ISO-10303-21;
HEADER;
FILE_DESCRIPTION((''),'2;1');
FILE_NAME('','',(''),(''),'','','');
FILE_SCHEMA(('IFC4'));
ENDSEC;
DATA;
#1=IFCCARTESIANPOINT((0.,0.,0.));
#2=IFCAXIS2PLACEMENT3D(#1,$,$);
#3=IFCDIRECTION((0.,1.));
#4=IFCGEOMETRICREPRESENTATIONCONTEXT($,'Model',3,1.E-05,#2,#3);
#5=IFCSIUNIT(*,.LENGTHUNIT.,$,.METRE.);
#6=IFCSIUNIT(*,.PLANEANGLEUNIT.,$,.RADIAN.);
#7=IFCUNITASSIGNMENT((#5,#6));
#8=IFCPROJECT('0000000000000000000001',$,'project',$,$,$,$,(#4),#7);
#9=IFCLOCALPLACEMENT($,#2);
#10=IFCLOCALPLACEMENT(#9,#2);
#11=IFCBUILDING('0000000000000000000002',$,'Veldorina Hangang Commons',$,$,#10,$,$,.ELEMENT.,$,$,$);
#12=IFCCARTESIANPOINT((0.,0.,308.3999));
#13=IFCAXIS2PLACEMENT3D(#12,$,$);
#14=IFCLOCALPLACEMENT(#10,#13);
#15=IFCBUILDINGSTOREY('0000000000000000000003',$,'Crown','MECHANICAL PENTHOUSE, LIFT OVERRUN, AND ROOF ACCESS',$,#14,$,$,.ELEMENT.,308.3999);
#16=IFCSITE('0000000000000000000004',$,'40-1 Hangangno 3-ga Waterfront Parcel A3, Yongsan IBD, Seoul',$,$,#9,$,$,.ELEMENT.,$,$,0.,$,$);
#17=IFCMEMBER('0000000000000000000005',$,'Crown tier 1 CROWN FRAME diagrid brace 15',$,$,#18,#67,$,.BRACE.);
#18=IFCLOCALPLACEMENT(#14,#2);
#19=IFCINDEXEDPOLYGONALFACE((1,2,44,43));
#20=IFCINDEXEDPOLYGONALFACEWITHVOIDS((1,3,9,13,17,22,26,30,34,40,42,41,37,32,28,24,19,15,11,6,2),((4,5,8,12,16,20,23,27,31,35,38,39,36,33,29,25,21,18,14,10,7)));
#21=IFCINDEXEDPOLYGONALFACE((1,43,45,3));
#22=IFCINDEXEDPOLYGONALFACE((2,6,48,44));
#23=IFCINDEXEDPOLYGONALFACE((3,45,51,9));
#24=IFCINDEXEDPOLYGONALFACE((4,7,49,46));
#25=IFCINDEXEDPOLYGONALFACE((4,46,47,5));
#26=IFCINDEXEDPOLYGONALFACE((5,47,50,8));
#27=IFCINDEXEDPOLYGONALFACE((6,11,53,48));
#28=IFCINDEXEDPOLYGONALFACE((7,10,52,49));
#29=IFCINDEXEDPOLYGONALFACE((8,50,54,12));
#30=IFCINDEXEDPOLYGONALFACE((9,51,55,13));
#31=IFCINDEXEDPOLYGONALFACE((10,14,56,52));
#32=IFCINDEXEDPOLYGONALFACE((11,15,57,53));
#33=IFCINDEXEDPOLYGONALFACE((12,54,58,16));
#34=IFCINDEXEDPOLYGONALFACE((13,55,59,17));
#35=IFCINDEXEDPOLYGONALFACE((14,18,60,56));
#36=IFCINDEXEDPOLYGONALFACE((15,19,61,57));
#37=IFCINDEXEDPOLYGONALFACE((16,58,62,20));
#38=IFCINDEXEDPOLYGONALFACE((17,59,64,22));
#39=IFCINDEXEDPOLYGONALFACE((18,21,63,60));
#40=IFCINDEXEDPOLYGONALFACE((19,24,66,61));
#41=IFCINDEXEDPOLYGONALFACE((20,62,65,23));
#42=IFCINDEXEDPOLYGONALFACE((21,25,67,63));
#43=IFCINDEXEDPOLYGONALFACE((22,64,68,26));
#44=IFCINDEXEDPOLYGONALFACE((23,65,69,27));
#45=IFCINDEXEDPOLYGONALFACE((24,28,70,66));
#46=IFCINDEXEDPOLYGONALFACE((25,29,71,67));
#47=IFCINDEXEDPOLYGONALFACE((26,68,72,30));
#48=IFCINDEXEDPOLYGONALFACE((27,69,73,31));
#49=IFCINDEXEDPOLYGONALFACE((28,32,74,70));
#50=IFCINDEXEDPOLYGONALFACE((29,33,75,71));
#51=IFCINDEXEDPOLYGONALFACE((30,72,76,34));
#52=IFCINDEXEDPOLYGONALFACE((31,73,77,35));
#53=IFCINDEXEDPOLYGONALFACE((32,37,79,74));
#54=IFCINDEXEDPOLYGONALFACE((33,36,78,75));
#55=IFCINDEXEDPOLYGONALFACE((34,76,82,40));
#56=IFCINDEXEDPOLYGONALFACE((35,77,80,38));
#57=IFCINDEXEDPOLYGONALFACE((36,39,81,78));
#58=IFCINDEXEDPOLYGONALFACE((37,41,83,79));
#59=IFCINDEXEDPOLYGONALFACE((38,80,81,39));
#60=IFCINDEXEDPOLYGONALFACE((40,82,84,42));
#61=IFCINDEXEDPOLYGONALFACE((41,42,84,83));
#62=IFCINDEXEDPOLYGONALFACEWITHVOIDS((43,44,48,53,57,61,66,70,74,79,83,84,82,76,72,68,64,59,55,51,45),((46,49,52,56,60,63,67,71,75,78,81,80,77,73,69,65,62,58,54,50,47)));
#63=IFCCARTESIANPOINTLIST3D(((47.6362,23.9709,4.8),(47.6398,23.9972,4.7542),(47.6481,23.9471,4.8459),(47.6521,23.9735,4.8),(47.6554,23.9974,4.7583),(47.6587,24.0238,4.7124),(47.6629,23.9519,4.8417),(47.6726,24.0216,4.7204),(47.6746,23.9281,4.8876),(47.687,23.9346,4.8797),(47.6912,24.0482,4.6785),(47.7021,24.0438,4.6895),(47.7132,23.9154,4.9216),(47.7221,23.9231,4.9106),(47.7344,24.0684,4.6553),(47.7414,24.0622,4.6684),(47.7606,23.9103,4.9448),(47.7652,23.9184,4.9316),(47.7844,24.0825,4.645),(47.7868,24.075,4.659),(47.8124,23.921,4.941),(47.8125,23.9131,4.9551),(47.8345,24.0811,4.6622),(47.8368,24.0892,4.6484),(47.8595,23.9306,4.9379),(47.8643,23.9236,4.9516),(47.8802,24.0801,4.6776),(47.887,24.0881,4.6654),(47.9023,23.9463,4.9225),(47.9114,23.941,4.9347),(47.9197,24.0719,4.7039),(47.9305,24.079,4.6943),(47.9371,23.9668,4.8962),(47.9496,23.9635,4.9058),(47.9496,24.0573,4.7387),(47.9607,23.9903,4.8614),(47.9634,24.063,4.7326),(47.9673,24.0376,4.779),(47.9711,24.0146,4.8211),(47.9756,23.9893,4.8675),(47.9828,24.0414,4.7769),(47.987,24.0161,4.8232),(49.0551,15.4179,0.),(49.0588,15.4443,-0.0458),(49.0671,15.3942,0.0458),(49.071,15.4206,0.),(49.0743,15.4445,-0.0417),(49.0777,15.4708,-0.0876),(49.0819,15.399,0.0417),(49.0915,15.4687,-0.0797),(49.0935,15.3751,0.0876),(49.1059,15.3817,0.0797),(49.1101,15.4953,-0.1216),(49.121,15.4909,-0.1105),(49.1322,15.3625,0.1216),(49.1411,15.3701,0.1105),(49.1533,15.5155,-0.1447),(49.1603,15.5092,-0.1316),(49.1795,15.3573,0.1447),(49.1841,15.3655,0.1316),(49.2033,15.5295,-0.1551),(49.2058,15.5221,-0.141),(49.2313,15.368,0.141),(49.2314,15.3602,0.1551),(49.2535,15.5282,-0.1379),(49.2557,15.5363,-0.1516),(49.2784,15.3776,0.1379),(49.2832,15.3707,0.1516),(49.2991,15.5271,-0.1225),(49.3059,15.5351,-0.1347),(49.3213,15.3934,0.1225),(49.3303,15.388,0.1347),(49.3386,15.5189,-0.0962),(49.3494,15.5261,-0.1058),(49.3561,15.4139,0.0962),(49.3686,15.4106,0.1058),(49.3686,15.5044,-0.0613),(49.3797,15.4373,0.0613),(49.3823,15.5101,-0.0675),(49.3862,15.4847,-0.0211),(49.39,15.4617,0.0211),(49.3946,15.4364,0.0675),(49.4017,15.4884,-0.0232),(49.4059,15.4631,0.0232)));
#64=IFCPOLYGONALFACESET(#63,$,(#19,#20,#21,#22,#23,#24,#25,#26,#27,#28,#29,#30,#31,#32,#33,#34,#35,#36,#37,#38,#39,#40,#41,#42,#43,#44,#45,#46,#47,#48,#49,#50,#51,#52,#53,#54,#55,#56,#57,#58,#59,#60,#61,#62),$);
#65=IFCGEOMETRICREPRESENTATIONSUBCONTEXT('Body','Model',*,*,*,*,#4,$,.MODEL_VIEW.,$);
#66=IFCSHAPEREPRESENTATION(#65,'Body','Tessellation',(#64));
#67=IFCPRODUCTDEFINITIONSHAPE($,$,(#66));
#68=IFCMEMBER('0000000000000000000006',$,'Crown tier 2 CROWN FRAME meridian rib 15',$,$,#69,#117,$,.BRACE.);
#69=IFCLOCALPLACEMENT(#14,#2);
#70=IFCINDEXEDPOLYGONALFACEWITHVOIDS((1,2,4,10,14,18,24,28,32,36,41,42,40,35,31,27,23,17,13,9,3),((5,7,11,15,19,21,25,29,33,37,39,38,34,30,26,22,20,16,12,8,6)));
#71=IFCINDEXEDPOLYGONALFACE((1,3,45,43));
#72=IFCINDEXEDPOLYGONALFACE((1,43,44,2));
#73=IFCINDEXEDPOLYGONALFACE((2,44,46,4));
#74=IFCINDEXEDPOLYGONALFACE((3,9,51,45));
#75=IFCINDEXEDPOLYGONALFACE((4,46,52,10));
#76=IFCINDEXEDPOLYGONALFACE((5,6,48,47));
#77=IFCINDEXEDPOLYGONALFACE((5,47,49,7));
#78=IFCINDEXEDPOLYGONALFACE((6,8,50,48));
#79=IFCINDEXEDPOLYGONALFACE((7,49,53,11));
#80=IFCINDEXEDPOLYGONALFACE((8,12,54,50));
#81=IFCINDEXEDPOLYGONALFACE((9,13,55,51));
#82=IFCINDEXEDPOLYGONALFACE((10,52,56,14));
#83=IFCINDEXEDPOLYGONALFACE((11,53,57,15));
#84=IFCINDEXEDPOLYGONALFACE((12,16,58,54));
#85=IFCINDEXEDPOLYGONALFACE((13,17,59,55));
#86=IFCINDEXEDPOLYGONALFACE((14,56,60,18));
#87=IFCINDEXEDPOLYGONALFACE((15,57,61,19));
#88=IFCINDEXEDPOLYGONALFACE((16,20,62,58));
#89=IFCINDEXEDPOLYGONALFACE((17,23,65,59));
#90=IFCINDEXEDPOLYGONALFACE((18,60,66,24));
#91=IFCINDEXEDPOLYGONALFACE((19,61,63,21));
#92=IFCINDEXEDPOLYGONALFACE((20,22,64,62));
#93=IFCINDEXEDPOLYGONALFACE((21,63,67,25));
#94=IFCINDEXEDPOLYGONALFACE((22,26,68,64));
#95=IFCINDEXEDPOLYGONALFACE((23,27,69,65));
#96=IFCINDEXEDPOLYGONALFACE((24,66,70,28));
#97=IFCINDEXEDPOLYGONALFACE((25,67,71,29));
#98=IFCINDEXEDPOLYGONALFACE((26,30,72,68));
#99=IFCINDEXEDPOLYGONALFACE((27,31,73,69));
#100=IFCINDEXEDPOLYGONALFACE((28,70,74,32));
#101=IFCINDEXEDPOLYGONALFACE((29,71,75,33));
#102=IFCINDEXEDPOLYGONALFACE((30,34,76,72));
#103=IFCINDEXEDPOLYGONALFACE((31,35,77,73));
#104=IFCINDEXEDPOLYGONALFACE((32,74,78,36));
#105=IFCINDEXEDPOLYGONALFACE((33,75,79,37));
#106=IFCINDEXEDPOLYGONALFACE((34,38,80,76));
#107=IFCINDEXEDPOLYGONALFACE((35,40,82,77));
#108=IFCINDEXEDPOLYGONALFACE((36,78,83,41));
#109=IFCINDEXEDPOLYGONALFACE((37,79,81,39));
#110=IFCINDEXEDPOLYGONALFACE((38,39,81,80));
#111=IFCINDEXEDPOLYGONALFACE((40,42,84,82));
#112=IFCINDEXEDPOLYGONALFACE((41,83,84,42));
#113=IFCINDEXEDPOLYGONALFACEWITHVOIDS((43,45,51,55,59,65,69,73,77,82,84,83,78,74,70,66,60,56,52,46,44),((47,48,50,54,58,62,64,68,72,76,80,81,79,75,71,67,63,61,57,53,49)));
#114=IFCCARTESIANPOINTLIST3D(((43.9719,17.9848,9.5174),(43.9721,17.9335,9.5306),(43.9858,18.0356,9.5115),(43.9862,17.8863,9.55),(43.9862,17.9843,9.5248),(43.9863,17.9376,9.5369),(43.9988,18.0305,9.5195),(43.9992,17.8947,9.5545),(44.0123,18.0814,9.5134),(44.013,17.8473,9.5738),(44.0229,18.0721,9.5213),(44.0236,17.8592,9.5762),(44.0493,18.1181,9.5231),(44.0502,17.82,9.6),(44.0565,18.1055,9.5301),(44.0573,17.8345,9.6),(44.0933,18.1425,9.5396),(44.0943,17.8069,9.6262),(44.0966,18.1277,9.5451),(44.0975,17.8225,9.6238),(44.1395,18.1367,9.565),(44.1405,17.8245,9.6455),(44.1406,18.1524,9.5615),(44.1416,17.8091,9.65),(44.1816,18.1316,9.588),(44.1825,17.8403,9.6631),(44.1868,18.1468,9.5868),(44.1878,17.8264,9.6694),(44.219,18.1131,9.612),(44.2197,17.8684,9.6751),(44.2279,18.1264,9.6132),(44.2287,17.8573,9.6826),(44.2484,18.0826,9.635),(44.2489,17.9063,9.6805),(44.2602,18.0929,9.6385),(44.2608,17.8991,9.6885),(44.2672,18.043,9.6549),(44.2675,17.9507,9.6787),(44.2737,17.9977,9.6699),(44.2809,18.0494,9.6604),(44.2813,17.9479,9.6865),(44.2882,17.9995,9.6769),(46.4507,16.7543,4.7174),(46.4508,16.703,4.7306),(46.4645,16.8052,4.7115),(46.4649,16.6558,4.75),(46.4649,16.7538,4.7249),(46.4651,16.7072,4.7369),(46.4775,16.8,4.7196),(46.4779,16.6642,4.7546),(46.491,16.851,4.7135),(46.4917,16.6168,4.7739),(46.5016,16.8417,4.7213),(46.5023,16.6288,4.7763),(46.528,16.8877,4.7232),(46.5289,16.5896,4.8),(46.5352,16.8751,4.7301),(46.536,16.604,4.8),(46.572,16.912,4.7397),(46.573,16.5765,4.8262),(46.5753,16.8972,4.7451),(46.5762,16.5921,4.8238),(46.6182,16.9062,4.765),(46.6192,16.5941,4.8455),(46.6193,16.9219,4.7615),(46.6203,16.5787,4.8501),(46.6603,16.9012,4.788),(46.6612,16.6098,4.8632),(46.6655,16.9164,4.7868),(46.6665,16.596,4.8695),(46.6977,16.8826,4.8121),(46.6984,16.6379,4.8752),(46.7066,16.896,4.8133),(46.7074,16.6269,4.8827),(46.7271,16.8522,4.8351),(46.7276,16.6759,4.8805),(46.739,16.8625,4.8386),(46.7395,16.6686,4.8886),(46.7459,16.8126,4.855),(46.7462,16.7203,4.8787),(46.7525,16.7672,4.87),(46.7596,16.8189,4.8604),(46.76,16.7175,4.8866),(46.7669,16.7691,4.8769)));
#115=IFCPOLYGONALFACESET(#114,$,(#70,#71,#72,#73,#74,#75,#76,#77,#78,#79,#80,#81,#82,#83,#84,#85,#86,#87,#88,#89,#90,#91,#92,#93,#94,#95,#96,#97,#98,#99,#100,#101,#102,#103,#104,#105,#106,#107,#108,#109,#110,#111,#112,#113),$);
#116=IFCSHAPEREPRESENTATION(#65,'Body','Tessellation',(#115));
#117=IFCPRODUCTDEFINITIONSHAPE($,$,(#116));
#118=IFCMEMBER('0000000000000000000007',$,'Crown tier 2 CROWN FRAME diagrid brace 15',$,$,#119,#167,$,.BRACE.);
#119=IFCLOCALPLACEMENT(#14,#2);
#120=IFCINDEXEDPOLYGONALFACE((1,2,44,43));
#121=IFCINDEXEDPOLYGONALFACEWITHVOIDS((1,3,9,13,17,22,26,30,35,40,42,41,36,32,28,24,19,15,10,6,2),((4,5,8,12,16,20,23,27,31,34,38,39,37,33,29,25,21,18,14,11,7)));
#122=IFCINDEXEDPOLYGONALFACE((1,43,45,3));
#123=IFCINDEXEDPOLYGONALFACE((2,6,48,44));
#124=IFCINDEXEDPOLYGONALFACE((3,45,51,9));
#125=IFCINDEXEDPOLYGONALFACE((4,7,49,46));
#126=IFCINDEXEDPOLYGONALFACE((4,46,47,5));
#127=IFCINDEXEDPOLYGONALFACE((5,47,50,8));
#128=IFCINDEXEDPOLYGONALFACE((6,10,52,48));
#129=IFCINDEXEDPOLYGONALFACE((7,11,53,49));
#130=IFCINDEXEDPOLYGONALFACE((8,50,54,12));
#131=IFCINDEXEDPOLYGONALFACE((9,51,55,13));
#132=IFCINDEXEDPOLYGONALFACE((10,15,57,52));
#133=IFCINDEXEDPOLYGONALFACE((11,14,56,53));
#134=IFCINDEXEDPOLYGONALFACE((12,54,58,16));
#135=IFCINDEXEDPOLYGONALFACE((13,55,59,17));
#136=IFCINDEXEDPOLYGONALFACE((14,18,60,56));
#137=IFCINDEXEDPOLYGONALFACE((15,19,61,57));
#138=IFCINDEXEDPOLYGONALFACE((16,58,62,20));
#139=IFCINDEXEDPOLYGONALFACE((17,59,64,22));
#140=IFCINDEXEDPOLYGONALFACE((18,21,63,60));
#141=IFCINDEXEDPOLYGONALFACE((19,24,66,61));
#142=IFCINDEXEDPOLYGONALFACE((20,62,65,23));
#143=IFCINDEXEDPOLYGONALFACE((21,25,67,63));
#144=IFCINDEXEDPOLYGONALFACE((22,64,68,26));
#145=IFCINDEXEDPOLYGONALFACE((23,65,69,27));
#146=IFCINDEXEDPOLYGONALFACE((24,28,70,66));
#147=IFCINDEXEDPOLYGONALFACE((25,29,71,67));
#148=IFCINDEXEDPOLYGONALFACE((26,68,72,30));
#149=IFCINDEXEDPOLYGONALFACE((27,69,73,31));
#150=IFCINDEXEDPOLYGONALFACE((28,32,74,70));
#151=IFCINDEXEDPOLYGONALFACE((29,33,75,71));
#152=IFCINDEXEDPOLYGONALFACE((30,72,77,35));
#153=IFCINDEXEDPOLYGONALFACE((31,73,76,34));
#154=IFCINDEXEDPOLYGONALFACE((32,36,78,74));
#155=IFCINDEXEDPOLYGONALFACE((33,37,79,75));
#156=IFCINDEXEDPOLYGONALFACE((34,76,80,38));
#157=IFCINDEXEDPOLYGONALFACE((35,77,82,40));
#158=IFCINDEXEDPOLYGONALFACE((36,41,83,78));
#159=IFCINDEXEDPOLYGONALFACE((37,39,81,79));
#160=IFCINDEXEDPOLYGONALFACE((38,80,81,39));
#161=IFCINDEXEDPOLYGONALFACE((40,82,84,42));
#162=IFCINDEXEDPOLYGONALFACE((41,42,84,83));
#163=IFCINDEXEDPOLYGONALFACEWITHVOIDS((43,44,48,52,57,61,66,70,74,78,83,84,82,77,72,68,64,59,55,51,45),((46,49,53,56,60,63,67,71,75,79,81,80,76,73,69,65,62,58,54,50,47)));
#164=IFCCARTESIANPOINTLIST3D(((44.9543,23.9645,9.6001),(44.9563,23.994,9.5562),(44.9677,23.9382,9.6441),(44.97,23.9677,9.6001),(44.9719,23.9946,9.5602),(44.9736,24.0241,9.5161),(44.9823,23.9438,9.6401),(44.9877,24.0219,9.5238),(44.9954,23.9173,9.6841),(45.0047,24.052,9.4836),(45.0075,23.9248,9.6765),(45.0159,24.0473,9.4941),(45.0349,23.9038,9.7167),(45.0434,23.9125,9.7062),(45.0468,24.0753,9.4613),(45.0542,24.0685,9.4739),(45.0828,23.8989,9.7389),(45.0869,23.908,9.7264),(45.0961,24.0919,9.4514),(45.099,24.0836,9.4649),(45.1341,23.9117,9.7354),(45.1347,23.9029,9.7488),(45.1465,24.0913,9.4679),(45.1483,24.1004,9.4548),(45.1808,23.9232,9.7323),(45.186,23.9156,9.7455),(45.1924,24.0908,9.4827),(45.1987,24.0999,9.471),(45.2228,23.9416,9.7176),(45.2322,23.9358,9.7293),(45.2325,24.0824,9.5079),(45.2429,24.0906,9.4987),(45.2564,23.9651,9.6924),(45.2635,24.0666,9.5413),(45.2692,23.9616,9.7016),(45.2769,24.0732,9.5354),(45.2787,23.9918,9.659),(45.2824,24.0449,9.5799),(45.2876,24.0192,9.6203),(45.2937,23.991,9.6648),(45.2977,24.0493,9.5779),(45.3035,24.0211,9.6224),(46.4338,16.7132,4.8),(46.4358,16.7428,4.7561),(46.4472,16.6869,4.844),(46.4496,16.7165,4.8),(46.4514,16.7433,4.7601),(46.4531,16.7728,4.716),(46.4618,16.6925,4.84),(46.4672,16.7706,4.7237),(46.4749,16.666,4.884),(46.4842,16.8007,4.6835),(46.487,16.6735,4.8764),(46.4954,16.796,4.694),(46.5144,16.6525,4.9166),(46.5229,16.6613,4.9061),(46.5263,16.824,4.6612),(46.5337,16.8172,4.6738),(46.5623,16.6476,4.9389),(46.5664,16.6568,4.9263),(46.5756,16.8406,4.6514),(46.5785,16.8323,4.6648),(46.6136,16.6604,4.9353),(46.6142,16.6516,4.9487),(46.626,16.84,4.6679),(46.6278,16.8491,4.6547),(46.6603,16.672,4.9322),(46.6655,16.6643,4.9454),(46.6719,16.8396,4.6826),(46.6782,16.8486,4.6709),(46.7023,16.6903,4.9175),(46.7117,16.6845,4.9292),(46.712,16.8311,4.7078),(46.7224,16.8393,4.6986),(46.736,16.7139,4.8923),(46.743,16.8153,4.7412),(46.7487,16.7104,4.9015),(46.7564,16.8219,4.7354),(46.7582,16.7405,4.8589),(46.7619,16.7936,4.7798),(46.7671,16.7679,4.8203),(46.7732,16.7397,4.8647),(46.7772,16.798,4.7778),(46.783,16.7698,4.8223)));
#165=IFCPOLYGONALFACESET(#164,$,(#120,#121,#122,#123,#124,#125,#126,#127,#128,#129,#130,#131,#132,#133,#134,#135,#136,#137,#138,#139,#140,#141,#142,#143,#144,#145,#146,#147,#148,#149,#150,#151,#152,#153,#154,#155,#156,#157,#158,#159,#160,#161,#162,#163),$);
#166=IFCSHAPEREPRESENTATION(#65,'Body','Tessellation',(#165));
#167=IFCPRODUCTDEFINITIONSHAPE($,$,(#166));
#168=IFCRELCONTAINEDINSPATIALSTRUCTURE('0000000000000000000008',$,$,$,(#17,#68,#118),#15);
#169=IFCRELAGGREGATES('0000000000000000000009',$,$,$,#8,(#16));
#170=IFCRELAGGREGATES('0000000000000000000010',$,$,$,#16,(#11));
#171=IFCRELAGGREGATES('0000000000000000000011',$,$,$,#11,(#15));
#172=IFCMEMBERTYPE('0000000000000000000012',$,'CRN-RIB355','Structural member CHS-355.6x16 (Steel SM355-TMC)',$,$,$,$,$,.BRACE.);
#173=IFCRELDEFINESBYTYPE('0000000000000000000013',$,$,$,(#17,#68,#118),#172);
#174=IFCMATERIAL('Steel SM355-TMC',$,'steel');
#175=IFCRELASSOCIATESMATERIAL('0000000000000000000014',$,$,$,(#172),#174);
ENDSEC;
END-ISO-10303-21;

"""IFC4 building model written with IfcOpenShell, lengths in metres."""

from ifc_helpers import new_model, si_unit, direction, frame, origin, origin_2d, place, context, subcontext, project, spatial, hollow_circle, extrude, material, material_profile, profile_set, type_object, element, save


model = new_model("IFC4")

# Units and contexts
model_context = context("Model", 3, precision=1e-05, world=origin(), true_north=direction((0.0, 1.0)))
body_context = subcontext(model_context, "Body", "Model", "MODEL_VIEW")
ifc_project = project(units=[si_unit("LENGTHUNIT", "METRE"), si_unit("PLANEANGLEUNIT", "RADIAN")], contexts=[model_context])

# Site, building, storey
site_placement = place(None, origin())
site = spatial("IfcSite", under=ifc_project, at=site_placement, Name="40-1 Hangangno 3-ga Waterfront Parcel A3, Yongsan IBD, Seoul", CompositionType="ELEMENT", RefElevation=0.0)
building_placement = place(site_placement, origin())
building = spatial("IfcBuilding", under=site, at=building_placement, Name="Veldorina Hangang Commons", CompositionType="ELEMENT")
storey_placement = place(building_placement, frame((0.0, 0.0, 308.3999)))
storey = spatial("IfcBuildingStorey", under=building, at=storey_placement, Name="Crown", Description="MECHANICAL PENTHOUSE, LIFT OVERRUN, AND ROOF ACCESS", CompositionType="ELEMENT", Elevation=308.3999)

# Members
ifc_material_1 = material(Name="Steel SM355-TMC", Category="steel")
ifc_material_profile_1 = material_profile(ifc_material_1, hollow_circle(Radius=0.1777, WallThickness=0.0161, at=origin_2d()), Name="CHS-355.6x16")
ifc_profile_set_1 = profile_set([ifc_material_profile_1], Name="Steel SM355-TMC")
member_type_1 = type_object("IfcMemberType", Name="CRN-RIB355", Description="Structural member CHS-355.6x16 (Steel SM355-TMC)", PredefinedType="BRACE", material=ifc_profile_set_1)
member_1_placement = place(storey_placement, frame((49.2305, 15.447, 0.0), z_axis=(-0.143184, 0.863069, 0.484366), x_axis=(-0.986516, -0.163664, 0.0)))
element("IfcMember", 1, at=member_1_placement, inside=storey, type_object=member_type_1, Name="Crown tier 1 CROWN FRAME diagrid brace 15", PredefinedType="BRACE", context=body_context, shape_type="SweptSolid", body=[
    extrude(hollow_circle(Radius=0.1777, WallThickness=0.0161, at=origin_2d()), origin(), (0.0, 0.0, 1.0), 9.9099),
])
member_2_placement = place(storey_placement, frame((46.6079, 16.7488, 4.8), z_axis=(-0.447377, 0.22208, 0.866334), x_axis=(-0.444636, -0.895712, 0.0)))
element("IfcMember", 2, at=member_2_placement, inside=storey, type_object=member_type_1, Name="Crown tier 2 CROWN FRAME meridian rib 15", PredefinedType="BRACE", context=body_context, shape_type="SweptSolid", body=[
    extrude(hollow_circle(Radius=0.1777, WallThickness=0.0161, at=origin_2d()), origin(), (0.0, 0.0, 1.0), 5.5405),
])
member_3_placement = place(storey_placement, frame((46.6079, 16.7488, 4.8), z_axis=(-0.167724, 0.822043, 0.544163), x_axis=(-0.979813, -0.199915, 0.0)))
element("IfcMember", 3, at=member_3_placement, inside=storey, type_object=member_type_1, Name="Crown tier 2 CROWN FRAME diagrid brace 15", PredefinedType="BRACE", context=body_context, shape_type="SweptSolid", body=[
    extrude(hollow_circle(Radius=0.1777, WallThickness=0.0161, at=origin_2d()), origin(), (0.0, 0.0, 1.0), 8.821),
])

save(model, "model.ifc")
